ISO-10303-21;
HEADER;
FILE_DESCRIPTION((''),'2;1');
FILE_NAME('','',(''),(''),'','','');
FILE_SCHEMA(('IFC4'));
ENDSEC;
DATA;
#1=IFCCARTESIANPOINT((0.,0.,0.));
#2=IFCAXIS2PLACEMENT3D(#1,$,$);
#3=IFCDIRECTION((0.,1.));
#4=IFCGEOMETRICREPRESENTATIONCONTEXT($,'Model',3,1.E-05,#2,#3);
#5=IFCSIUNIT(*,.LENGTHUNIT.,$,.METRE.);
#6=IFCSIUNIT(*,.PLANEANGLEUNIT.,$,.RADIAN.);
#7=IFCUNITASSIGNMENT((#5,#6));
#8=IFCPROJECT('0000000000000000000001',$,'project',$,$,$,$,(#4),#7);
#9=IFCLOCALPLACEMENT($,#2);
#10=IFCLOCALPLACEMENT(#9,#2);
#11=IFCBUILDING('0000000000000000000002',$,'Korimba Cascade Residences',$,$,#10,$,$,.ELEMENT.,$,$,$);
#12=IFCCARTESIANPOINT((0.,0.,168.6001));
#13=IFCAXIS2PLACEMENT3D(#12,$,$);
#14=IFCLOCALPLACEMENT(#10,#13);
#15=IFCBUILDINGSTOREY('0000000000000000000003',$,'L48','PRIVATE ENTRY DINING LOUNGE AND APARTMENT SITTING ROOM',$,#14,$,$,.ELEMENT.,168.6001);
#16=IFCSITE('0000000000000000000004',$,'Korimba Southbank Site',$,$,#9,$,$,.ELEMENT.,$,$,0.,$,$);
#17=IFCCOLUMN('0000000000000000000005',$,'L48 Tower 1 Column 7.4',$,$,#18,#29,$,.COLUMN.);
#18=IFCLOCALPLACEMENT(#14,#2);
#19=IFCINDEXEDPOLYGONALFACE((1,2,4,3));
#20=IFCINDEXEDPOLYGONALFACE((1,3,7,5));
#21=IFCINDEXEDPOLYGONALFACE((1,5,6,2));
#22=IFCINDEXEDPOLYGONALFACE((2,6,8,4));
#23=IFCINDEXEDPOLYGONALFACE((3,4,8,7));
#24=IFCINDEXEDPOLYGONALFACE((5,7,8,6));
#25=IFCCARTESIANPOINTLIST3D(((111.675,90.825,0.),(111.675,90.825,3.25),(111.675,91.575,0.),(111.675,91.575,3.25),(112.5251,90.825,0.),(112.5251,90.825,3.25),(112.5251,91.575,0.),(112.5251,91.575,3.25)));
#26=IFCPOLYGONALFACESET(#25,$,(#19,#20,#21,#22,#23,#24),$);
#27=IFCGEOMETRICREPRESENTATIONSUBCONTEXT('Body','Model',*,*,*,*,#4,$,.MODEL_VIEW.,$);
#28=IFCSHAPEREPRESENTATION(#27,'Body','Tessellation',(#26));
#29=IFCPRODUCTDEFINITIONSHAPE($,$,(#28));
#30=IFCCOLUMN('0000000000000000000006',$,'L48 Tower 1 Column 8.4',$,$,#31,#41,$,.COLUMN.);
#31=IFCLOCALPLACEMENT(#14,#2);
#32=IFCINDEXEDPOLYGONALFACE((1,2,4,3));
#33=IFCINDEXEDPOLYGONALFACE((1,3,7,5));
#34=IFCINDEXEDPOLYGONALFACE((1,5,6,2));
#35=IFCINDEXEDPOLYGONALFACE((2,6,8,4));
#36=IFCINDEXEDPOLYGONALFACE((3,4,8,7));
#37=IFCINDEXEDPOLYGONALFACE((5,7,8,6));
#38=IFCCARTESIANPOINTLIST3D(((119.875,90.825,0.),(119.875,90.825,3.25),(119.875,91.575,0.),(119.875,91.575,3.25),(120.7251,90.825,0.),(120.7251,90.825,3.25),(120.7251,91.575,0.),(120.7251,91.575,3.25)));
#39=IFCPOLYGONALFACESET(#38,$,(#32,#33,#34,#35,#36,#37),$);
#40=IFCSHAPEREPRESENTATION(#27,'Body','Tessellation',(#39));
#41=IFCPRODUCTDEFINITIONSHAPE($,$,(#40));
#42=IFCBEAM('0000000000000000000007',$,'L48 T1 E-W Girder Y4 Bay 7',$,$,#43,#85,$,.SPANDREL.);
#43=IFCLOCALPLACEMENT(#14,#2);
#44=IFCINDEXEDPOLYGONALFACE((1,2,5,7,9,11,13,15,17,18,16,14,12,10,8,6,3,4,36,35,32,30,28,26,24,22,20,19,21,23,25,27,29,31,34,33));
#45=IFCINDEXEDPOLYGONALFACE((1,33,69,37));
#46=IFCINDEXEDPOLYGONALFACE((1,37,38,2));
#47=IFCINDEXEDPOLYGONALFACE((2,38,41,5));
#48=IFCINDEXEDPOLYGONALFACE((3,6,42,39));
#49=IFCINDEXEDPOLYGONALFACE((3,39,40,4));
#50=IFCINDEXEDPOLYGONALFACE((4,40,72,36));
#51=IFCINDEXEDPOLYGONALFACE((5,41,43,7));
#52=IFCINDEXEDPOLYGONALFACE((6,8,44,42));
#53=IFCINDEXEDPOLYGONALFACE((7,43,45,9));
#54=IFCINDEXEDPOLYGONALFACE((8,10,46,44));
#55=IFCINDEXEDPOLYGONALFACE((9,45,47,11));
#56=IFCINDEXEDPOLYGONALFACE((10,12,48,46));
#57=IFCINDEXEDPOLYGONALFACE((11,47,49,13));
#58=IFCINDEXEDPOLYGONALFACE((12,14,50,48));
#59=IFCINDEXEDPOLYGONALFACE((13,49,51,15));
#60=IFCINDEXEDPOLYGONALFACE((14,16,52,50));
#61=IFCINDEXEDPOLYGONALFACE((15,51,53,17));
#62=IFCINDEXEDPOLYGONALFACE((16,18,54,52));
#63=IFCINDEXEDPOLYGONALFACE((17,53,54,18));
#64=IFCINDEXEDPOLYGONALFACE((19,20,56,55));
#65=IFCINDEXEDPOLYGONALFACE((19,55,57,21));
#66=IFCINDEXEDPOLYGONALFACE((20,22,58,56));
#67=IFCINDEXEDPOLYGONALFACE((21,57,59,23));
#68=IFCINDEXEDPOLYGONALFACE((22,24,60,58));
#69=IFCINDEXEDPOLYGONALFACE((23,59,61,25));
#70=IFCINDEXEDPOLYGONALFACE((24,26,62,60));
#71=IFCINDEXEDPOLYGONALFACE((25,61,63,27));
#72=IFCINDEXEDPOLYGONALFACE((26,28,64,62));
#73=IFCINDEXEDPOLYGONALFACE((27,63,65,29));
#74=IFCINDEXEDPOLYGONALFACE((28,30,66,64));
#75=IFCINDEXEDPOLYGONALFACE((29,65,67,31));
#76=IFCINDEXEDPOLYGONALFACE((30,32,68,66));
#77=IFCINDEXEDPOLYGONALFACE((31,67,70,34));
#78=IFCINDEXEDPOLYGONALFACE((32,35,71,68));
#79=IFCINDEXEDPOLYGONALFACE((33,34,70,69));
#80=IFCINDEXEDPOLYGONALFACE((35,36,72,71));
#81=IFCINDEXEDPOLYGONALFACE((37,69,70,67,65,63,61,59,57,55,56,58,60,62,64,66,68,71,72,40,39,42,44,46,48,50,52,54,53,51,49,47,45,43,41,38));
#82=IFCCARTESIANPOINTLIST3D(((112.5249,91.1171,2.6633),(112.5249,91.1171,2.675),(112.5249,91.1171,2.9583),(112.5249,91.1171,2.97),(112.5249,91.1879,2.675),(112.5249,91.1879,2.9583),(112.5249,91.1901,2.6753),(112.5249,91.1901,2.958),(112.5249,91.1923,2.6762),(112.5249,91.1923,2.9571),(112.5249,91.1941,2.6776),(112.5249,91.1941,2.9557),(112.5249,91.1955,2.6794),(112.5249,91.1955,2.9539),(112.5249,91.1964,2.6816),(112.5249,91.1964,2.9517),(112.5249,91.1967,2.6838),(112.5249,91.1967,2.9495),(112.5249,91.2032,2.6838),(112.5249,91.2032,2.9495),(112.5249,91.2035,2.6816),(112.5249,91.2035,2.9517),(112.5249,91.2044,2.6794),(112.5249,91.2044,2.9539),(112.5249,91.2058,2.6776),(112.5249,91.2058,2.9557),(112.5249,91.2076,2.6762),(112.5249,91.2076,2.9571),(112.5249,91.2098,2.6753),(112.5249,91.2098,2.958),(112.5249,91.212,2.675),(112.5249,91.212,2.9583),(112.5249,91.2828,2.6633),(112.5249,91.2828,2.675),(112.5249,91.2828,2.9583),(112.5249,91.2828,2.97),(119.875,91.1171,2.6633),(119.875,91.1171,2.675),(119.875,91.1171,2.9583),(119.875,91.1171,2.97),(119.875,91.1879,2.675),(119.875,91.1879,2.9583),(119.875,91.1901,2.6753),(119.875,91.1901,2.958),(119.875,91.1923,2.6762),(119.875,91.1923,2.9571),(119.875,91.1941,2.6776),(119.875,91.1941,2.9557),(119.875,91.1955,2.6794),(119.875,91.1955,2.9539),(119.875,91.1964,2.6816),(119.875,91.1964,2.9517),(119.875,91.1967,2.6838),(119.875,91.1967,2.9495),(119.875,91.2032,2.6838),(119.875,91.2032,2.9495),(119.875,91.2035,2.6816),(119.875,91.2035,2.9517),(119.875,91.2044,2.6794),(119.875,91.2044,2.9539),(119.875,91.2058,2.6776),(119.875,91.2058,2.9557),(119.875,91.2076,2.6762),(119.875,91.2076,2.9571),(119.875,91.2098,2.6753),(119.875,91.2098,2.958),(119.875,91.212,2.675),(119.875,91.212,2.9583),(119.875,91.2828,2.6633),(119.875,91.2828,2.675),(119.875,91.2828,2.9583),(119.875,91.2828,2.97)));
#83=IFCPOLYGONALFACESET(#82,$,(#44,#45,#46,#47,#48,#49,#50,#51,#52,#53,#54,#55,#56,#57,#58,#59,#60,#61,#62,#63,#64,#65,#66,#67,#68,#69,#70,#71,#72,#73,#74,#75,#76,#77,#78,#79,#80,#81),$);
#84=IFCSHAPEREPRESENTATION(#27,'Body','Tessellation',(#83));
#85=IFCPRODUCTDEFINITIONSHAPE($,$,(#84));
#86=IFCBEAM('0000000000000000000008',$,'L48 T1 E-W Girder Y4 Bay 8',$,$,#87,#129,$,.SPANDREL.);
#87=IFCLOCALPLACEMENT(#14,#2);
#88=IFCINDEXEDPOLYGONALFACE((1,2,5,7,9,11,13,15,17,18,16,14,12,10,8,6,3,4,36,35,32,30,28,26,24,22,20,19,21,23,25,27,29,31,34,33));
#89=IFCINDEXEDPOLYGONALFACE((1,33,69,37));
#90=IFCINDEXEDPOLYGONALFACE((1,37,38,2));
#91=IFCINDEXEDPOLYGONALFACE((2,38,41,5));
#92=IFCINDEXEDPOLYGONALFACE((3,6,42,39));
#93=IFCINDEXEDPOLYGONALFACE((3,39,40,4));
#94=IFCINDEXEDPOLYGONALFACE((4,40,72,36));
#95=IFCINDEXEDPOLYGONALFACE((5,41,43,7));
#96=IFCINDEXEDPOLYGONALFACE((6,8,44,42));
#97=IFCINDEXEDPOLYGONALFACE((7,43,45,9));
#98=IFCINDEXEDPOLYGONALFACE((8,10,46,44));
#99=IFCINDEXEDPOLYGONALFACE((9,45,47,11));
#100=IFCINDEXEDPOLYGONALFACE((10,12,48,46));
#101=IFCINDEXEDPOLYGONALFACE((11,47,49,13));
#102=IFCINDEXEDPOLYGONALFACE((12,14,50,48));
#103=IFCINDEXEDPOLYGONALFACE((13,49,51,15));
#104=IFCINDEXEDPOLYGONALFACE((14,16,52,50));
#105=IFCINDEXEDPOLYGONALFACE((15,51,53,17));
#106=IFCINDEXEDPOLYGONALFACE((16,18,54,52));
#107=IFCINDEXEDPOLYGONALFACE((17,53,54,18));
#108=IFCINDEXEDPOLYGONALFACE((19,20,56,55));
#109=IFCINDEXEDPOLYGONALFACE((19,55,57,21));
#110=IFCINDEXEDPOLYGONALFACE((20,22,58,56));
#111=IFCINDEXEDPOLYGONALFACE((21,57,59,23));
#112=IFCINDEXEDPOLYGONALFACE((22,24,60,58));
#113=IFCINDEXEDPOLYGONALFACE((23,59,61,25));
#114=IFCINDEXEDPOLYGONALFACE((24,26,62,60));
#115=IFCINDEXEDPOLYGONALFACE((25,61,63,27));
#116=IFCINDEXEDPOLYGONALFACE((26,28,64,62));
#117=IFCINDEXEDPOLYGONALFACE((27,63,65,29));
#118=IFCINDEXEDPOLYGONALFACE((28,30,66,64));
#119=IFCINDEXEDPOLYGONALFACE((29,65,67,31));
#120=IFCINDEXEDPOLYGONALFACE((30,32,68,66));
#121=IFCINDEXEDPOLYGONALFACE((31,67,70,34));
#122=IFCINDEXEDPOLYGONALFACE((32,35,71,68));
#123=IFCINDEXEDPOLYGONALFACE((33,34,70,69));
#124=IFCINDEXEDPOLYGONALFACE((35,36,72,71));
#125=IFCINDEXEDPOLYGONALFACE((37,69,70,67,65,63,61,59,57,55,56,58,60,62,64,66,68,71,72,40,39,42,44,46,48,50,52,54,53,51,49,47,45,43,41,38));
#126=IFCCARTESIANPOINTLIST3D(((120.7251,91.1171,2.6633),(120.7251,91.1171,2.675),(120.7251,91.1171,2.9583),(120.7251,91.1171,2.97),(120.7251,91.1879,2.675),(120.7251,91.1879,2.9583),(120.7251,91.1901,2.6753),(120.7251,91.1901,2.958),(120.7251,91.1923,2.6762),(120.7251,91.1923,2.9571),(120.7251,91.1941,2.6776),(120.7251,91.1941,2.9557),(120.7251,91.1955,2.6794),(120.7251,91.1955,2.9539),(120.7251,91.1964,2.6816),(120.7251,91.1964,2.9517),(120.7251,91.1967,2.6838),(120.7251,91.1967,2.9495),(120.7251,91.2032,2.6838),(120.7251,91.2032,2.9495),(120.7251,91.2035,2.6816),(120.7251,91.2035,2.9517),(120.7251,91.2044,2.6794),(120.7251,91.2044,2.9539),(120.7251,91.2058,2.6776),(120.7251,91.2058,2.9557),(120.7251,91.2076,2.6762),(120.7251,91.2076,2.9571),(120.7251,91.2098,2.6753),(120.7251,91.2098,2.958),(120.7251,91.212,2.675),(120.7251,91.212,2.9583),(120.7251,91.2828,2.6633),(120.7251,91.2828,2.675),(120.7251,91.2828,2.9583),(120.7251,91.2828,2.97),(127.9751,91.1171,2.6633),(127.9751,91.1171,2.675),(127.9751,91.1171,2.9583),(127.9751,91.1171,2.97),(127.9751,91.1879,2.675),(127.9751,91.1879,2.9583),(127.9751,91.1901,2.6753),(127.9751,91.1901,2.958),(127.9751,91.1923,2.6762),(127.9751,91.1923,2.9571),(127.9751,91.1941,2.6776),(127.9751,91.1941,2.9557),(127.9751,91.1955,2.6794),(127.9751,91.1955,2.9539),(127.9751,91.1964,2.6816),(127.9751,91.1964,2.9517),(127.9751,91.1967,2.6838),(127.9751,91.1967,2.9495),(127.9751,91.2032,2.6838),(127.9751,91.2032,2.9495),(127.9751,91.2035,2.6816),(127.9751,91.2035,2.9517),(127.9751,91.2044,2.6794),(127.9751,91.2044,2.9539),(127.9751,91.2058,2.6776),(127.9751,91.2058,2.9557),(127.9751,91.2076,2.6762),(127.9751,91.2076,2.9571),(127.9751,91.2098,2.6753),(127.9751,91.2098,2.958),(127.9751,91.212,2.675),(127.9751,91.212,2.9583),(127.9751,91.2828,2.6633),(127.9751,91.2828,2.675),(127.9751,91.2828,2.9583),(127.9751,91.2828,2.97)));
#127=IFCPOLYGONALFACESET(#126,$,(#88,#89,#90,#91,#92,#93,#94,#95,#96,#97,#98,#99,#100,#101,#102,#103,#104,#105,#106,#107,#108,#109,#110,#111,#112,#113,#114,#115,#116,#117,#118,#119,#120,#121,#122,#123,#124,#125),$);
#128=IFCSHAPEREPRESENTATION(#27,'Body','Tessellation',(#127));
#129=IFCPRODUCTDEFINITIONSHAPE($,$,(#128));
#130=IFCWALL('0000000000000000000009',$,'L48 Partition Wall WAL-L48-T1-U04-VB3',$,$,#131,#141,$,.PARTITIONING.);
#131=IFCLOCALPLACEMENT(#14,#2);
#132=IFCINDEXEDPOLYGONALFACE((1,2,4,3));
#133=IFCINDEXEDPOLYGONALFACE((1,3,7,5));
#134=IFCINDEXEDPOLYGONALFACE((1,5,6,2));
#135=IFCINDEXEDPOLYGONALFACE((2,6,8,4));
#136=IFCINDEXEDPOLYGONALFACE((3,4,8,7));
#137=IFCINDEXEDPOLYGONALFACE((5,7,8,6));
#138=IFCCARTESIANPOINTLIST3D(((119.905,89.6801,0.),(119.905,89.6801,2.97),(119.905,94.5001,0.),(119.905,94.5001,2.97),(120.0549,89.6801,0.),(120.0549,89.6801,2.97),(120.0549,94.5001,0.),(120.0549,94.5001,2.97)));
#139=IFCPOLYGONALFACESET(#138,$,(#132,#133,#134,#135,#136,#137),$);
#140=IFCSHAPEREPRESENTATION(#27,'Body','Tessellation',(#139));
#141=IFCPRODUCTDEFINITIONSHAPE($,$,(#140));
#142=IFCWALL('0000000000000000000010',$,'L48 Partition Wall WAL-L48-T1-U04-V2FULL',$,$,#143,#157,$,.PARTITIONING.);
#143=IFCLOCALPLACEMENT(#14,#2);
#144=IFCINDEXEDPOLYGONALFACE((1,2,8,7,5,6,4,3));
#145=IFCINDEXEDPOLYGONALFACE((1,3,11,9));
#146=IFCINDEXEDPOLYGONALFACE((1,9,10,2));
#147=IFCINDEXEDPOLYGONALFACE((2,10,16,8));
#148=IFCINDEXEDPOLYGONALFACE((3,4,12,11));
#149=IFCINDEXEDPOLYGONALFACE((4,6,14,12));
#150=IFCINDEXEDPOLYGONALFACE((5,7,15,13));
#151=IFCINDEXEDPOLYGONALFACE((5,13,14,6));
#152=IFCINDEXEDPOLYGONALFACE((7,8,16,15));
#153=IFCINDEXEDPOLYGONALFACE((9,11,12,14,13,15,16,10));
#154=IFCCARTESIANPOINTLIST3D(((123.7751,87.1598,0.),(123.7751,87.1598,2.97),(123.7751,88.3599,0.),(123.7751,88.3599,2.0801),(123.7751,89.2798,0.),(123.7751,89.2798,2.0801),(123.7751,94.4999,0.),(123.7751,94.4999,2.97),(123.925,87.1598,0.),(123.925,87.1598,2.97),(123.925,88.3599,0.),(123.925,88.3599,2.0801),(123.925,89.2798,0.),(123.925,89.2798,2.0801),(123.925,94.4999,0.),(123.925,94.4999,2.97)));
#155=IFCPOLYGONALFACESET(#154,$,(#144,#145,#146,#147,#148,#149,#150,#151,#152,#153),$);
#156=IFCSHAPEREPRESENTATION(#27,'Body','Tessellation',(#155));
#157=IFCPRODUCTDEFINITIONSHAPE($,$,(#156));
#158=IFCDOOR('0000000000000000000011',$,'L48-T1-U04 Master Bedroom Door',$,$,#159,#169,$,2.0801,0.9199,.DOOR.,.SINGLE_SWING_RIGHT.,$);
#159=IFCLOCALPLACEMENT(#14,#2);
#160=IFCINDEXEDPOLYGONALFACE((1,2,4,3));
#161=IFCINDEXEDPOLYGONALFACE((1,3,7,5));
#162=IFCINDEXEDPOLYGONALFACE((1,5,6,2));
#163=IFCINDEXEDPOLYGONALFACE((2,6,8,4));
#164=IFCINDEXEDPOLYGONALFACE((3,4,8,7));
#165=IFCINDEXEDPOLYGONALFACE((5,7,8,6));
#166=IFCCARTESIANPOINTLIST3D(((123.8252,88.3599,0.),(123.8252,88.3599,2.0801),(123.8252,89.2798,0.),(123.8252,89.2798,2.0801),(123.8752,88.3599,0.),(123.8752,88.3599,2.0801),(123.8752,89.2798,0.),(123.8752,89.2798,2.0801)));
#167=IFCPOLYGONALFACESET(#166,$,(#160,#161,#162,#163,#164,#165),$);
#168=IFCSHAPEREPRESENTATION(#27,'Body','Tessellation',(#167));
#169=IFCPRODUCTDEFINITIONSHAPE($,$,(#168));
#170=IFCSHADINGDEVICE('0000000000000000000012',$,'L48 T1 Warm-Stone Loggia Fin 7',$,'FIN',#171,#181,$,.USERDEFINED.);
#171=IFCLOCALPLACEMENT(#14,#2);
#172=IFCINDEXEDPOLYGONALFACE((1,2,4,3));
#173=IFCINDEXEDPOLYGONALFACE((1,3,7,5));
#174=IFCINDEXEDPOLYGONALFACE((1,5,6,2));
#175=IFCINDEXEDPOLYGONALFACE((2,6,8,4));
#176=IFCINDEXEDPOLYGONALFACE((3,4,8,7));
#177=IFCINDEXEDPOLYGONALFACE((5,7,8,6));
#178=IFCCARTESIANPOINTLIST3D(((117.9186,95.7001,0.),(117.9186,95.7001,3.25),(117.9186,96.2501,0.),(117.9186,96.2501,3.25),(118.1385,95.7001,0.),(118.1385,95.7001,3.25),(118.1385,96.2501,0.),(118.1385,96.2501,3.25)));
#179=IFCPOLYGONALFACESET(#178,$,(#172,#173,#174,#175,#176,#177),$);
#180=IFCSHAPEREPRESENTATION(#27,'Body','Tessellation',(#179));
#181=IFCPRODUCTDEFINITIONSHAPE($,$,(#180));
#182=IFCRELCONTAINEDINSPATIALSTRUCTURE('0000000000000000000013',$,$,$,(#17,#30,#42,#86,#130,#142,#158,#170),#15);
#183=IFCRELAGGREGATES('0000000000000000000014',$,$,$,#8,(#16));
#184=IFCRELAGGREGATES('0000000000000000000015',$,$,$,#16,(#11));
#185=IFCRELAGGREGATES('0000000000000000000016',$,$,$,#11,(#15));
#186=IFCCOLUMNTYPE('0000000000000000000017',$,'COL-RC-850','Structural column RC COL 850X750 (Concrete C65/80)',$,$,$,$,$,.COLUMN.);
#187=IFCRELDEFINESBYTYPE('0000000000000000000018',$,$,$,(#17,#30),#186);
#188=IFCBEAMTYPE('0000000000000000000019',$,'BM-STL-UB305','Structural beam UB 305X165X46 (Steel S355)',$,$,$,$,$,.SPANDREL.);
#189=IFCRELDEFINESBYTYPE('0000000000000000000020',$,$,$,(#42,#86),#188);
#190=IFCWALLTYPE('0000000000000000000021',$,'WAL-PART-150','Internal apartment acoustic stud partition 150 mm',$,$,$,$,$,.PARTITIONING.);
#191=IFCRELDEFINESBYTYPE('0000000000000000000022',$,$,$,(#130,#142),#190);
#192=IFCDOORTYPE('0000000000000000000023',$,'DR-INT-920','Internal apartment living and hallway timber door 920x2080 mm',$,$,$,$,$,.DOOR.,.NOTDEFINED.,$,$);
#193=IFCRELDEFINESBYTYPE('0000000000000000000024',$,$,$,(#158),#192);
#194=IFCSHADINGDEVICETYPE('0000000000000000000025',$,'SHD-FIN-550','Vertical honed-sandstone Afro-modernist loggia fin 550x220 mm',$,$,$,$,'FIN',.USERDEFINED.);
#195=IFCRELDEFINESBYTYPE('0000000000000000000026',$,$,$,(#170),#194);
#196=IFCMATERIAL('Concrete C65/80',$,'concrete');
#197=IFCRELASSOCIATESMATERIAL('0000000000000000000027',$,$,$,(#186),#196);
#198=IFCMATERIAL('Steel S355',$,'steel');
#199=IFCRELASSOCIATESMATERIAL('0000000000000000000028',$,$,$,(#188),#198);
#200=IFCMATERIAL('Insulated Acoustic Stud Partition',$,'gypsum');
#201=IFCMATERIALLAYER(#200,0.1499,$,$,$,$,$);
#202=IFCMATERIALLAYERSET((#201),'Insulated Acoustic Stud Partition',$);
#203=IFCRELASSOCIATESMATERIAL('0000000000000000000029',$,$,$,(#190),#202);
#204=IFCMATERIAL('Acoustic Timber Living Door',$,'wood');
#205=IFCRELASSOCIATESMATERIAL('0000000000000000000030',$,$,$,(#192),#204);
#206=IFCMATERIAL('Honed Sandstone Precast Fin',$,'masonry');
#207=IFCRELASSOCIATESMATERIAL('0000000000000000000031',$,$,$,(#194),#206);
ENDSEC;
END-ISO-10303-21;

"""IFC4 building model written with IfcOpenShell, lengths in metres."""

from ifc_helpers import new_model, si_unit, direction, frame, frame_2d, origin, origin_2d, place, context, subcontext, project, spatial, rectangle, i_section, extrude, material, layer, layer_set, material_profile, profile_set, type_object, element, fill, save


model = new_model("IFC4")

# Units and contexts
model_context = context("Model", 3, precision=1e-05, world=origin(), true_north=direction((0.0, 1.0)))
body_context = subcontext(model_context, "Body", "Model", "MODEL_VIEW")
ifc_project = project(units=[si_unit("LENGTHUNIT", "METRE"), si_unit("PLANEANGLEUNIT", "RADIAN")], contexts=[model_context])

# Site, building, storey
site_placement = place(None, origin())
site = spatial("IfcSite", under=ifc_project, at=site_placement, Name="Korimba Southbank Site", CompositionType="ELEMENT", RefElevation=0.0)
building_placement = place(site_placement, origin())
building = spatial("IfcBuilding", under=site, at=building_placement, Name="Korimba Cascade Residences", CompositionType="ELEMENT")
storey_placement = place(building_placement, frame((0.0, 0.0, 168.6001)))
storey = spatial("IfcBuildingStorey", under=building, at=storey_placement, Name="L48", Description="PRIVATE ENTRY DINING LOUNGE AND APARTMENT SITTING ROOM", CompositionType="ELEMENT", Elevation=168.6001)

# Columns
ifc_material_1 = material(Name="Concrete C65/80", Category="concrete")
ifc_material_profile_1 = material_profile(ifc_material_1, rectangle(XDim=0.8501, YDim=0.75, at=origin_2d()), Name="Concrete C65/80")
ifc_profile_set_1 = profile_set([ifc_material_profile_1], Name="Concrete C65/80")
column_type = type_object("IfcColumnType", Name="COL-RC-850", Description="Structural column RC COL 850X750 (Concrete C65/80)", PredefinedType="COLUMN", material=ifc_profile_set_1)
for number, where, z_axis, x_axis, name in (
    (1, (112.1001, 91.2, 0.0), (0.0, 0.0, 1.0), (1.0, 0.0, 0.0), "L48 Tower 1 Column 7.4"),
    (2, (120.3, 91.2, 0.0), (0.0, 0.0, 1.0), (1.0, 0.0, 0.0), "L48 Tower 1 Column 8.4"),
):
    element("IfcColumn", number, at=place(storey_placement, frame(where, z_axis=z_axis, x_axis=x_axis)), inside=storey, type_object=column_type, Name=name, PredefinedType="COLUMN", context=body_context, shape_type="SweptSolid", body=[
        extrude(rectangle(XDim=0.8501, YDim=0.75, at=origin_2d()), origin(), (0.0, 0.0, 1.0), 3.25),
    ])

# Beams
ifc_material_2 = material(Name="Steel S355", Category="steel")
ifc_material_profile_2 = material_profile(ifc_material_2, i_section(OverallWidth=0.1658, OverallDepth=0.3066, WebThickness=0.0066, FlangeThickness=0.0117, FilletRadius=0.0088, at=origin_2d()), Name="Steel S355")
ifc_profile_set_2 = profile_set([ifc_material_profile_2], Name="Steel S355")
beam_type = type_object("IfcBeamType", Name="BM-STL-UB305", Description="Structural beam UB 305X165X46 (Steel S355)", PredefinedType="SPANDREL", material=ifc_profile_set_2)
beam_1_placement = place(storey_placement, frame((112.5249, 91.2, 2.8167), z_axis=(1.0, 0.0, 0.0), x_axis=(0.0, 1.0, 0.0)))
element("IfcBeam", 3, at=beam_1_placement, inside=storey, type_object=beam_type, Name="L48 T1 E-W Girder Y4 Bay 7", PredefinedType="SPANDREL", context=body_context, shape_type="SweptSolid", body=[
    extrude(i_section(OverallWidth=0.1658, OverallDepth=0.3066, WebThickness=0.0066, FlangeThickness=0.0117, FilletRadius=0.0088, at=origin_2d()), origin(), (0.0, 0.0, 1.0), 7.3501),
])
beam_2_placement = place(storey_placement, frame((120.7251, 91.2, 2.8167), z_axis=(1.0, 0.0, 0.0), x_axis=(0.0, 1.0, 0.0)))
element("IfcBeam", 4, at=beam_2_placement, inside=storey, type_object=beam_type, Name="L48 T1 E-W Girder Y4 Bay 8", PredefinedType="SPANDREL", context=body_context, shape_type="SweptSolid", body=[
    extrude(i_section(OverallWidth=0.1658, OverallDepth=0.3066, WebThickness=0.0066, FlangeThickness=0.0117, FilletRadius=0.0088, at=origin_2d()), origin(), (0.0, 0.0, 1.0), 7.25),
])

# Wall
ifc_material_3 = material(Name="Insulated Acoustic Stud Partition", Category="gypsum")
ifc_layer = layer(ifc_material_3, 0.1499)
ifc_layer_set = layer_set([ifc_layer], Name="Insulated Acoustic Stud Partition")
wall_type = type_object("IfcWallType", Name="WAL-PART-150", Description="Internal apartment acoustic stud partition 150 mm", PredefinedType="PARTITIONING", material=ifc_layer_set)
wall_1_placement = place(storey_placement, frame((119.98, 89.6799, 0.0), z_axis=(0.0, 0.0, 1.0), x_axis=(0.0, 1.0, 0.0)))
element("IfcWall", 5, at=wall_1_placement, inside=storey, type_object=wall_type, Name="L48 Partition Wall WAL-L48-T1-U04-VB3", PredefinedType="PARTITIONING", context=body_context, shape_type="SweptSolid", body=[
    extrude(rectangle(XDim=4.8201, YDim=0.1499, at=frame_2d((2.4102, 0.0))), origin(), (0.0, 0.0, 1.0), 2.97),
])

# Wall, opening, door
wall_2_placement = place(storey_placement, frame((123.8501, 87.1599, 0.0), z_axis=(0.0, 0.0, 1.0), x_axis=(0.0, 1.0, 0.0)))
wall_2 = element("IfcWall", 6, at=wall_2_placement, inside=storey, type_object=wall_type, Name="L48 Partition Wall WAL-L48-T1-U04-V2FULL", PredefinedType="PARTITIONING", context=body_context, shape_type="SweptSolid", body=[
    extrude(rectangle(XDim=7.3401, YDim=0.1499, at=frame_2d((3.6699, 0.0))), origin(), (0.0, 0.0, 1.0), 2.97),
])
opening_placement = place(wall_2_placement, frame((1.2, 0.0, 0.0)))
opening = element("IfcOpeningElement", 7, at=opening_placement, cuts=wall_2, PredefinedType="OPENING", context=body_context, shape_type="SweptSolid", body=[
    extrude(rectangle(XDim=0.9199, YDim=2.0801, at=frame_2d((0.46, 1.04))), frame((0.0, 0.085, 0.0), z_axis=(0.0, -1.0, 0.0), x_axis=(1.0, 0.0, 0.0)), (0.0, 0.0, 1.0), 0.1699),
])
ifc_material_4 = material(Name="Acoustic Timber Living Door", Category="wood")
door_type = type_object("IfcDoorType", Name="DR-INT-920", Description="Internal apartment living and hallway timber door 920x2080 mm", OperationType="NOTDEFINED", PredefinedType="DOOR", material=ifc_material_4)
door_placement = place(opening_placement, origin())
door = element("IfcDoor", 8, at=door_placement, inside=storey, type_object=door_type, Name="L48-T1-U04 Master Bedroom Door", OperationType="SINGLE_SWING_RIGHT", OverallHeight=2.0801, OverallWidth=0.9199, PredefinedType="DOOR", context=body_context, shape_type="SweptSolid", body=[
    extrude(rectangle(XDim=0.9199, YDim=2.0801, at=frame_2d((0.46, 1.04))), frame((0.0, 0.0249, 0.0), z_axis=(0.0, -1.0, 0.0), x_axis=(1.0, 0.0, 0.0)), (0.0, 0.0, 1.0), 0.05),
])
fill(opening, door)

# Shading device
ifc_material_5 = material(Name="Honed Sandstone Precast Fin", Category="masonry")
shading_device_type = type_object("IfcShadingDeviceType", Name="SHD-FIN-550", Description="Vertical honed-sandstone Afro-modernist loggia fin 550x220 mm", ElementType="FIN", PredefinedType="USERDEFINED", material=ifc_material_5)
shading_device_placement = place(storey_placement, frame((118.0286, 95.9751, 0.0), z_axis=(0.0, 0.0, 1.0), x_axis=(1.0, 0.0, 0.0)))
element("IfcShadingDevice", 9, at=shading_device_placement, inside=storey, type_object=shading_device_type, Name="L48 T1 Warm-Stone Loggia Fin 7", ObjectType="FIN", PredefinedType="USERDEFINED", context=body_context, shape_type="SweptSolid", body=[
    extrude(rectangle(XDim=0.22, YDim=0.55, at=origin_2d()), origin(), (0.0, 0.0, 1.0), 3.25),
])

save(model, "model.ifc")
